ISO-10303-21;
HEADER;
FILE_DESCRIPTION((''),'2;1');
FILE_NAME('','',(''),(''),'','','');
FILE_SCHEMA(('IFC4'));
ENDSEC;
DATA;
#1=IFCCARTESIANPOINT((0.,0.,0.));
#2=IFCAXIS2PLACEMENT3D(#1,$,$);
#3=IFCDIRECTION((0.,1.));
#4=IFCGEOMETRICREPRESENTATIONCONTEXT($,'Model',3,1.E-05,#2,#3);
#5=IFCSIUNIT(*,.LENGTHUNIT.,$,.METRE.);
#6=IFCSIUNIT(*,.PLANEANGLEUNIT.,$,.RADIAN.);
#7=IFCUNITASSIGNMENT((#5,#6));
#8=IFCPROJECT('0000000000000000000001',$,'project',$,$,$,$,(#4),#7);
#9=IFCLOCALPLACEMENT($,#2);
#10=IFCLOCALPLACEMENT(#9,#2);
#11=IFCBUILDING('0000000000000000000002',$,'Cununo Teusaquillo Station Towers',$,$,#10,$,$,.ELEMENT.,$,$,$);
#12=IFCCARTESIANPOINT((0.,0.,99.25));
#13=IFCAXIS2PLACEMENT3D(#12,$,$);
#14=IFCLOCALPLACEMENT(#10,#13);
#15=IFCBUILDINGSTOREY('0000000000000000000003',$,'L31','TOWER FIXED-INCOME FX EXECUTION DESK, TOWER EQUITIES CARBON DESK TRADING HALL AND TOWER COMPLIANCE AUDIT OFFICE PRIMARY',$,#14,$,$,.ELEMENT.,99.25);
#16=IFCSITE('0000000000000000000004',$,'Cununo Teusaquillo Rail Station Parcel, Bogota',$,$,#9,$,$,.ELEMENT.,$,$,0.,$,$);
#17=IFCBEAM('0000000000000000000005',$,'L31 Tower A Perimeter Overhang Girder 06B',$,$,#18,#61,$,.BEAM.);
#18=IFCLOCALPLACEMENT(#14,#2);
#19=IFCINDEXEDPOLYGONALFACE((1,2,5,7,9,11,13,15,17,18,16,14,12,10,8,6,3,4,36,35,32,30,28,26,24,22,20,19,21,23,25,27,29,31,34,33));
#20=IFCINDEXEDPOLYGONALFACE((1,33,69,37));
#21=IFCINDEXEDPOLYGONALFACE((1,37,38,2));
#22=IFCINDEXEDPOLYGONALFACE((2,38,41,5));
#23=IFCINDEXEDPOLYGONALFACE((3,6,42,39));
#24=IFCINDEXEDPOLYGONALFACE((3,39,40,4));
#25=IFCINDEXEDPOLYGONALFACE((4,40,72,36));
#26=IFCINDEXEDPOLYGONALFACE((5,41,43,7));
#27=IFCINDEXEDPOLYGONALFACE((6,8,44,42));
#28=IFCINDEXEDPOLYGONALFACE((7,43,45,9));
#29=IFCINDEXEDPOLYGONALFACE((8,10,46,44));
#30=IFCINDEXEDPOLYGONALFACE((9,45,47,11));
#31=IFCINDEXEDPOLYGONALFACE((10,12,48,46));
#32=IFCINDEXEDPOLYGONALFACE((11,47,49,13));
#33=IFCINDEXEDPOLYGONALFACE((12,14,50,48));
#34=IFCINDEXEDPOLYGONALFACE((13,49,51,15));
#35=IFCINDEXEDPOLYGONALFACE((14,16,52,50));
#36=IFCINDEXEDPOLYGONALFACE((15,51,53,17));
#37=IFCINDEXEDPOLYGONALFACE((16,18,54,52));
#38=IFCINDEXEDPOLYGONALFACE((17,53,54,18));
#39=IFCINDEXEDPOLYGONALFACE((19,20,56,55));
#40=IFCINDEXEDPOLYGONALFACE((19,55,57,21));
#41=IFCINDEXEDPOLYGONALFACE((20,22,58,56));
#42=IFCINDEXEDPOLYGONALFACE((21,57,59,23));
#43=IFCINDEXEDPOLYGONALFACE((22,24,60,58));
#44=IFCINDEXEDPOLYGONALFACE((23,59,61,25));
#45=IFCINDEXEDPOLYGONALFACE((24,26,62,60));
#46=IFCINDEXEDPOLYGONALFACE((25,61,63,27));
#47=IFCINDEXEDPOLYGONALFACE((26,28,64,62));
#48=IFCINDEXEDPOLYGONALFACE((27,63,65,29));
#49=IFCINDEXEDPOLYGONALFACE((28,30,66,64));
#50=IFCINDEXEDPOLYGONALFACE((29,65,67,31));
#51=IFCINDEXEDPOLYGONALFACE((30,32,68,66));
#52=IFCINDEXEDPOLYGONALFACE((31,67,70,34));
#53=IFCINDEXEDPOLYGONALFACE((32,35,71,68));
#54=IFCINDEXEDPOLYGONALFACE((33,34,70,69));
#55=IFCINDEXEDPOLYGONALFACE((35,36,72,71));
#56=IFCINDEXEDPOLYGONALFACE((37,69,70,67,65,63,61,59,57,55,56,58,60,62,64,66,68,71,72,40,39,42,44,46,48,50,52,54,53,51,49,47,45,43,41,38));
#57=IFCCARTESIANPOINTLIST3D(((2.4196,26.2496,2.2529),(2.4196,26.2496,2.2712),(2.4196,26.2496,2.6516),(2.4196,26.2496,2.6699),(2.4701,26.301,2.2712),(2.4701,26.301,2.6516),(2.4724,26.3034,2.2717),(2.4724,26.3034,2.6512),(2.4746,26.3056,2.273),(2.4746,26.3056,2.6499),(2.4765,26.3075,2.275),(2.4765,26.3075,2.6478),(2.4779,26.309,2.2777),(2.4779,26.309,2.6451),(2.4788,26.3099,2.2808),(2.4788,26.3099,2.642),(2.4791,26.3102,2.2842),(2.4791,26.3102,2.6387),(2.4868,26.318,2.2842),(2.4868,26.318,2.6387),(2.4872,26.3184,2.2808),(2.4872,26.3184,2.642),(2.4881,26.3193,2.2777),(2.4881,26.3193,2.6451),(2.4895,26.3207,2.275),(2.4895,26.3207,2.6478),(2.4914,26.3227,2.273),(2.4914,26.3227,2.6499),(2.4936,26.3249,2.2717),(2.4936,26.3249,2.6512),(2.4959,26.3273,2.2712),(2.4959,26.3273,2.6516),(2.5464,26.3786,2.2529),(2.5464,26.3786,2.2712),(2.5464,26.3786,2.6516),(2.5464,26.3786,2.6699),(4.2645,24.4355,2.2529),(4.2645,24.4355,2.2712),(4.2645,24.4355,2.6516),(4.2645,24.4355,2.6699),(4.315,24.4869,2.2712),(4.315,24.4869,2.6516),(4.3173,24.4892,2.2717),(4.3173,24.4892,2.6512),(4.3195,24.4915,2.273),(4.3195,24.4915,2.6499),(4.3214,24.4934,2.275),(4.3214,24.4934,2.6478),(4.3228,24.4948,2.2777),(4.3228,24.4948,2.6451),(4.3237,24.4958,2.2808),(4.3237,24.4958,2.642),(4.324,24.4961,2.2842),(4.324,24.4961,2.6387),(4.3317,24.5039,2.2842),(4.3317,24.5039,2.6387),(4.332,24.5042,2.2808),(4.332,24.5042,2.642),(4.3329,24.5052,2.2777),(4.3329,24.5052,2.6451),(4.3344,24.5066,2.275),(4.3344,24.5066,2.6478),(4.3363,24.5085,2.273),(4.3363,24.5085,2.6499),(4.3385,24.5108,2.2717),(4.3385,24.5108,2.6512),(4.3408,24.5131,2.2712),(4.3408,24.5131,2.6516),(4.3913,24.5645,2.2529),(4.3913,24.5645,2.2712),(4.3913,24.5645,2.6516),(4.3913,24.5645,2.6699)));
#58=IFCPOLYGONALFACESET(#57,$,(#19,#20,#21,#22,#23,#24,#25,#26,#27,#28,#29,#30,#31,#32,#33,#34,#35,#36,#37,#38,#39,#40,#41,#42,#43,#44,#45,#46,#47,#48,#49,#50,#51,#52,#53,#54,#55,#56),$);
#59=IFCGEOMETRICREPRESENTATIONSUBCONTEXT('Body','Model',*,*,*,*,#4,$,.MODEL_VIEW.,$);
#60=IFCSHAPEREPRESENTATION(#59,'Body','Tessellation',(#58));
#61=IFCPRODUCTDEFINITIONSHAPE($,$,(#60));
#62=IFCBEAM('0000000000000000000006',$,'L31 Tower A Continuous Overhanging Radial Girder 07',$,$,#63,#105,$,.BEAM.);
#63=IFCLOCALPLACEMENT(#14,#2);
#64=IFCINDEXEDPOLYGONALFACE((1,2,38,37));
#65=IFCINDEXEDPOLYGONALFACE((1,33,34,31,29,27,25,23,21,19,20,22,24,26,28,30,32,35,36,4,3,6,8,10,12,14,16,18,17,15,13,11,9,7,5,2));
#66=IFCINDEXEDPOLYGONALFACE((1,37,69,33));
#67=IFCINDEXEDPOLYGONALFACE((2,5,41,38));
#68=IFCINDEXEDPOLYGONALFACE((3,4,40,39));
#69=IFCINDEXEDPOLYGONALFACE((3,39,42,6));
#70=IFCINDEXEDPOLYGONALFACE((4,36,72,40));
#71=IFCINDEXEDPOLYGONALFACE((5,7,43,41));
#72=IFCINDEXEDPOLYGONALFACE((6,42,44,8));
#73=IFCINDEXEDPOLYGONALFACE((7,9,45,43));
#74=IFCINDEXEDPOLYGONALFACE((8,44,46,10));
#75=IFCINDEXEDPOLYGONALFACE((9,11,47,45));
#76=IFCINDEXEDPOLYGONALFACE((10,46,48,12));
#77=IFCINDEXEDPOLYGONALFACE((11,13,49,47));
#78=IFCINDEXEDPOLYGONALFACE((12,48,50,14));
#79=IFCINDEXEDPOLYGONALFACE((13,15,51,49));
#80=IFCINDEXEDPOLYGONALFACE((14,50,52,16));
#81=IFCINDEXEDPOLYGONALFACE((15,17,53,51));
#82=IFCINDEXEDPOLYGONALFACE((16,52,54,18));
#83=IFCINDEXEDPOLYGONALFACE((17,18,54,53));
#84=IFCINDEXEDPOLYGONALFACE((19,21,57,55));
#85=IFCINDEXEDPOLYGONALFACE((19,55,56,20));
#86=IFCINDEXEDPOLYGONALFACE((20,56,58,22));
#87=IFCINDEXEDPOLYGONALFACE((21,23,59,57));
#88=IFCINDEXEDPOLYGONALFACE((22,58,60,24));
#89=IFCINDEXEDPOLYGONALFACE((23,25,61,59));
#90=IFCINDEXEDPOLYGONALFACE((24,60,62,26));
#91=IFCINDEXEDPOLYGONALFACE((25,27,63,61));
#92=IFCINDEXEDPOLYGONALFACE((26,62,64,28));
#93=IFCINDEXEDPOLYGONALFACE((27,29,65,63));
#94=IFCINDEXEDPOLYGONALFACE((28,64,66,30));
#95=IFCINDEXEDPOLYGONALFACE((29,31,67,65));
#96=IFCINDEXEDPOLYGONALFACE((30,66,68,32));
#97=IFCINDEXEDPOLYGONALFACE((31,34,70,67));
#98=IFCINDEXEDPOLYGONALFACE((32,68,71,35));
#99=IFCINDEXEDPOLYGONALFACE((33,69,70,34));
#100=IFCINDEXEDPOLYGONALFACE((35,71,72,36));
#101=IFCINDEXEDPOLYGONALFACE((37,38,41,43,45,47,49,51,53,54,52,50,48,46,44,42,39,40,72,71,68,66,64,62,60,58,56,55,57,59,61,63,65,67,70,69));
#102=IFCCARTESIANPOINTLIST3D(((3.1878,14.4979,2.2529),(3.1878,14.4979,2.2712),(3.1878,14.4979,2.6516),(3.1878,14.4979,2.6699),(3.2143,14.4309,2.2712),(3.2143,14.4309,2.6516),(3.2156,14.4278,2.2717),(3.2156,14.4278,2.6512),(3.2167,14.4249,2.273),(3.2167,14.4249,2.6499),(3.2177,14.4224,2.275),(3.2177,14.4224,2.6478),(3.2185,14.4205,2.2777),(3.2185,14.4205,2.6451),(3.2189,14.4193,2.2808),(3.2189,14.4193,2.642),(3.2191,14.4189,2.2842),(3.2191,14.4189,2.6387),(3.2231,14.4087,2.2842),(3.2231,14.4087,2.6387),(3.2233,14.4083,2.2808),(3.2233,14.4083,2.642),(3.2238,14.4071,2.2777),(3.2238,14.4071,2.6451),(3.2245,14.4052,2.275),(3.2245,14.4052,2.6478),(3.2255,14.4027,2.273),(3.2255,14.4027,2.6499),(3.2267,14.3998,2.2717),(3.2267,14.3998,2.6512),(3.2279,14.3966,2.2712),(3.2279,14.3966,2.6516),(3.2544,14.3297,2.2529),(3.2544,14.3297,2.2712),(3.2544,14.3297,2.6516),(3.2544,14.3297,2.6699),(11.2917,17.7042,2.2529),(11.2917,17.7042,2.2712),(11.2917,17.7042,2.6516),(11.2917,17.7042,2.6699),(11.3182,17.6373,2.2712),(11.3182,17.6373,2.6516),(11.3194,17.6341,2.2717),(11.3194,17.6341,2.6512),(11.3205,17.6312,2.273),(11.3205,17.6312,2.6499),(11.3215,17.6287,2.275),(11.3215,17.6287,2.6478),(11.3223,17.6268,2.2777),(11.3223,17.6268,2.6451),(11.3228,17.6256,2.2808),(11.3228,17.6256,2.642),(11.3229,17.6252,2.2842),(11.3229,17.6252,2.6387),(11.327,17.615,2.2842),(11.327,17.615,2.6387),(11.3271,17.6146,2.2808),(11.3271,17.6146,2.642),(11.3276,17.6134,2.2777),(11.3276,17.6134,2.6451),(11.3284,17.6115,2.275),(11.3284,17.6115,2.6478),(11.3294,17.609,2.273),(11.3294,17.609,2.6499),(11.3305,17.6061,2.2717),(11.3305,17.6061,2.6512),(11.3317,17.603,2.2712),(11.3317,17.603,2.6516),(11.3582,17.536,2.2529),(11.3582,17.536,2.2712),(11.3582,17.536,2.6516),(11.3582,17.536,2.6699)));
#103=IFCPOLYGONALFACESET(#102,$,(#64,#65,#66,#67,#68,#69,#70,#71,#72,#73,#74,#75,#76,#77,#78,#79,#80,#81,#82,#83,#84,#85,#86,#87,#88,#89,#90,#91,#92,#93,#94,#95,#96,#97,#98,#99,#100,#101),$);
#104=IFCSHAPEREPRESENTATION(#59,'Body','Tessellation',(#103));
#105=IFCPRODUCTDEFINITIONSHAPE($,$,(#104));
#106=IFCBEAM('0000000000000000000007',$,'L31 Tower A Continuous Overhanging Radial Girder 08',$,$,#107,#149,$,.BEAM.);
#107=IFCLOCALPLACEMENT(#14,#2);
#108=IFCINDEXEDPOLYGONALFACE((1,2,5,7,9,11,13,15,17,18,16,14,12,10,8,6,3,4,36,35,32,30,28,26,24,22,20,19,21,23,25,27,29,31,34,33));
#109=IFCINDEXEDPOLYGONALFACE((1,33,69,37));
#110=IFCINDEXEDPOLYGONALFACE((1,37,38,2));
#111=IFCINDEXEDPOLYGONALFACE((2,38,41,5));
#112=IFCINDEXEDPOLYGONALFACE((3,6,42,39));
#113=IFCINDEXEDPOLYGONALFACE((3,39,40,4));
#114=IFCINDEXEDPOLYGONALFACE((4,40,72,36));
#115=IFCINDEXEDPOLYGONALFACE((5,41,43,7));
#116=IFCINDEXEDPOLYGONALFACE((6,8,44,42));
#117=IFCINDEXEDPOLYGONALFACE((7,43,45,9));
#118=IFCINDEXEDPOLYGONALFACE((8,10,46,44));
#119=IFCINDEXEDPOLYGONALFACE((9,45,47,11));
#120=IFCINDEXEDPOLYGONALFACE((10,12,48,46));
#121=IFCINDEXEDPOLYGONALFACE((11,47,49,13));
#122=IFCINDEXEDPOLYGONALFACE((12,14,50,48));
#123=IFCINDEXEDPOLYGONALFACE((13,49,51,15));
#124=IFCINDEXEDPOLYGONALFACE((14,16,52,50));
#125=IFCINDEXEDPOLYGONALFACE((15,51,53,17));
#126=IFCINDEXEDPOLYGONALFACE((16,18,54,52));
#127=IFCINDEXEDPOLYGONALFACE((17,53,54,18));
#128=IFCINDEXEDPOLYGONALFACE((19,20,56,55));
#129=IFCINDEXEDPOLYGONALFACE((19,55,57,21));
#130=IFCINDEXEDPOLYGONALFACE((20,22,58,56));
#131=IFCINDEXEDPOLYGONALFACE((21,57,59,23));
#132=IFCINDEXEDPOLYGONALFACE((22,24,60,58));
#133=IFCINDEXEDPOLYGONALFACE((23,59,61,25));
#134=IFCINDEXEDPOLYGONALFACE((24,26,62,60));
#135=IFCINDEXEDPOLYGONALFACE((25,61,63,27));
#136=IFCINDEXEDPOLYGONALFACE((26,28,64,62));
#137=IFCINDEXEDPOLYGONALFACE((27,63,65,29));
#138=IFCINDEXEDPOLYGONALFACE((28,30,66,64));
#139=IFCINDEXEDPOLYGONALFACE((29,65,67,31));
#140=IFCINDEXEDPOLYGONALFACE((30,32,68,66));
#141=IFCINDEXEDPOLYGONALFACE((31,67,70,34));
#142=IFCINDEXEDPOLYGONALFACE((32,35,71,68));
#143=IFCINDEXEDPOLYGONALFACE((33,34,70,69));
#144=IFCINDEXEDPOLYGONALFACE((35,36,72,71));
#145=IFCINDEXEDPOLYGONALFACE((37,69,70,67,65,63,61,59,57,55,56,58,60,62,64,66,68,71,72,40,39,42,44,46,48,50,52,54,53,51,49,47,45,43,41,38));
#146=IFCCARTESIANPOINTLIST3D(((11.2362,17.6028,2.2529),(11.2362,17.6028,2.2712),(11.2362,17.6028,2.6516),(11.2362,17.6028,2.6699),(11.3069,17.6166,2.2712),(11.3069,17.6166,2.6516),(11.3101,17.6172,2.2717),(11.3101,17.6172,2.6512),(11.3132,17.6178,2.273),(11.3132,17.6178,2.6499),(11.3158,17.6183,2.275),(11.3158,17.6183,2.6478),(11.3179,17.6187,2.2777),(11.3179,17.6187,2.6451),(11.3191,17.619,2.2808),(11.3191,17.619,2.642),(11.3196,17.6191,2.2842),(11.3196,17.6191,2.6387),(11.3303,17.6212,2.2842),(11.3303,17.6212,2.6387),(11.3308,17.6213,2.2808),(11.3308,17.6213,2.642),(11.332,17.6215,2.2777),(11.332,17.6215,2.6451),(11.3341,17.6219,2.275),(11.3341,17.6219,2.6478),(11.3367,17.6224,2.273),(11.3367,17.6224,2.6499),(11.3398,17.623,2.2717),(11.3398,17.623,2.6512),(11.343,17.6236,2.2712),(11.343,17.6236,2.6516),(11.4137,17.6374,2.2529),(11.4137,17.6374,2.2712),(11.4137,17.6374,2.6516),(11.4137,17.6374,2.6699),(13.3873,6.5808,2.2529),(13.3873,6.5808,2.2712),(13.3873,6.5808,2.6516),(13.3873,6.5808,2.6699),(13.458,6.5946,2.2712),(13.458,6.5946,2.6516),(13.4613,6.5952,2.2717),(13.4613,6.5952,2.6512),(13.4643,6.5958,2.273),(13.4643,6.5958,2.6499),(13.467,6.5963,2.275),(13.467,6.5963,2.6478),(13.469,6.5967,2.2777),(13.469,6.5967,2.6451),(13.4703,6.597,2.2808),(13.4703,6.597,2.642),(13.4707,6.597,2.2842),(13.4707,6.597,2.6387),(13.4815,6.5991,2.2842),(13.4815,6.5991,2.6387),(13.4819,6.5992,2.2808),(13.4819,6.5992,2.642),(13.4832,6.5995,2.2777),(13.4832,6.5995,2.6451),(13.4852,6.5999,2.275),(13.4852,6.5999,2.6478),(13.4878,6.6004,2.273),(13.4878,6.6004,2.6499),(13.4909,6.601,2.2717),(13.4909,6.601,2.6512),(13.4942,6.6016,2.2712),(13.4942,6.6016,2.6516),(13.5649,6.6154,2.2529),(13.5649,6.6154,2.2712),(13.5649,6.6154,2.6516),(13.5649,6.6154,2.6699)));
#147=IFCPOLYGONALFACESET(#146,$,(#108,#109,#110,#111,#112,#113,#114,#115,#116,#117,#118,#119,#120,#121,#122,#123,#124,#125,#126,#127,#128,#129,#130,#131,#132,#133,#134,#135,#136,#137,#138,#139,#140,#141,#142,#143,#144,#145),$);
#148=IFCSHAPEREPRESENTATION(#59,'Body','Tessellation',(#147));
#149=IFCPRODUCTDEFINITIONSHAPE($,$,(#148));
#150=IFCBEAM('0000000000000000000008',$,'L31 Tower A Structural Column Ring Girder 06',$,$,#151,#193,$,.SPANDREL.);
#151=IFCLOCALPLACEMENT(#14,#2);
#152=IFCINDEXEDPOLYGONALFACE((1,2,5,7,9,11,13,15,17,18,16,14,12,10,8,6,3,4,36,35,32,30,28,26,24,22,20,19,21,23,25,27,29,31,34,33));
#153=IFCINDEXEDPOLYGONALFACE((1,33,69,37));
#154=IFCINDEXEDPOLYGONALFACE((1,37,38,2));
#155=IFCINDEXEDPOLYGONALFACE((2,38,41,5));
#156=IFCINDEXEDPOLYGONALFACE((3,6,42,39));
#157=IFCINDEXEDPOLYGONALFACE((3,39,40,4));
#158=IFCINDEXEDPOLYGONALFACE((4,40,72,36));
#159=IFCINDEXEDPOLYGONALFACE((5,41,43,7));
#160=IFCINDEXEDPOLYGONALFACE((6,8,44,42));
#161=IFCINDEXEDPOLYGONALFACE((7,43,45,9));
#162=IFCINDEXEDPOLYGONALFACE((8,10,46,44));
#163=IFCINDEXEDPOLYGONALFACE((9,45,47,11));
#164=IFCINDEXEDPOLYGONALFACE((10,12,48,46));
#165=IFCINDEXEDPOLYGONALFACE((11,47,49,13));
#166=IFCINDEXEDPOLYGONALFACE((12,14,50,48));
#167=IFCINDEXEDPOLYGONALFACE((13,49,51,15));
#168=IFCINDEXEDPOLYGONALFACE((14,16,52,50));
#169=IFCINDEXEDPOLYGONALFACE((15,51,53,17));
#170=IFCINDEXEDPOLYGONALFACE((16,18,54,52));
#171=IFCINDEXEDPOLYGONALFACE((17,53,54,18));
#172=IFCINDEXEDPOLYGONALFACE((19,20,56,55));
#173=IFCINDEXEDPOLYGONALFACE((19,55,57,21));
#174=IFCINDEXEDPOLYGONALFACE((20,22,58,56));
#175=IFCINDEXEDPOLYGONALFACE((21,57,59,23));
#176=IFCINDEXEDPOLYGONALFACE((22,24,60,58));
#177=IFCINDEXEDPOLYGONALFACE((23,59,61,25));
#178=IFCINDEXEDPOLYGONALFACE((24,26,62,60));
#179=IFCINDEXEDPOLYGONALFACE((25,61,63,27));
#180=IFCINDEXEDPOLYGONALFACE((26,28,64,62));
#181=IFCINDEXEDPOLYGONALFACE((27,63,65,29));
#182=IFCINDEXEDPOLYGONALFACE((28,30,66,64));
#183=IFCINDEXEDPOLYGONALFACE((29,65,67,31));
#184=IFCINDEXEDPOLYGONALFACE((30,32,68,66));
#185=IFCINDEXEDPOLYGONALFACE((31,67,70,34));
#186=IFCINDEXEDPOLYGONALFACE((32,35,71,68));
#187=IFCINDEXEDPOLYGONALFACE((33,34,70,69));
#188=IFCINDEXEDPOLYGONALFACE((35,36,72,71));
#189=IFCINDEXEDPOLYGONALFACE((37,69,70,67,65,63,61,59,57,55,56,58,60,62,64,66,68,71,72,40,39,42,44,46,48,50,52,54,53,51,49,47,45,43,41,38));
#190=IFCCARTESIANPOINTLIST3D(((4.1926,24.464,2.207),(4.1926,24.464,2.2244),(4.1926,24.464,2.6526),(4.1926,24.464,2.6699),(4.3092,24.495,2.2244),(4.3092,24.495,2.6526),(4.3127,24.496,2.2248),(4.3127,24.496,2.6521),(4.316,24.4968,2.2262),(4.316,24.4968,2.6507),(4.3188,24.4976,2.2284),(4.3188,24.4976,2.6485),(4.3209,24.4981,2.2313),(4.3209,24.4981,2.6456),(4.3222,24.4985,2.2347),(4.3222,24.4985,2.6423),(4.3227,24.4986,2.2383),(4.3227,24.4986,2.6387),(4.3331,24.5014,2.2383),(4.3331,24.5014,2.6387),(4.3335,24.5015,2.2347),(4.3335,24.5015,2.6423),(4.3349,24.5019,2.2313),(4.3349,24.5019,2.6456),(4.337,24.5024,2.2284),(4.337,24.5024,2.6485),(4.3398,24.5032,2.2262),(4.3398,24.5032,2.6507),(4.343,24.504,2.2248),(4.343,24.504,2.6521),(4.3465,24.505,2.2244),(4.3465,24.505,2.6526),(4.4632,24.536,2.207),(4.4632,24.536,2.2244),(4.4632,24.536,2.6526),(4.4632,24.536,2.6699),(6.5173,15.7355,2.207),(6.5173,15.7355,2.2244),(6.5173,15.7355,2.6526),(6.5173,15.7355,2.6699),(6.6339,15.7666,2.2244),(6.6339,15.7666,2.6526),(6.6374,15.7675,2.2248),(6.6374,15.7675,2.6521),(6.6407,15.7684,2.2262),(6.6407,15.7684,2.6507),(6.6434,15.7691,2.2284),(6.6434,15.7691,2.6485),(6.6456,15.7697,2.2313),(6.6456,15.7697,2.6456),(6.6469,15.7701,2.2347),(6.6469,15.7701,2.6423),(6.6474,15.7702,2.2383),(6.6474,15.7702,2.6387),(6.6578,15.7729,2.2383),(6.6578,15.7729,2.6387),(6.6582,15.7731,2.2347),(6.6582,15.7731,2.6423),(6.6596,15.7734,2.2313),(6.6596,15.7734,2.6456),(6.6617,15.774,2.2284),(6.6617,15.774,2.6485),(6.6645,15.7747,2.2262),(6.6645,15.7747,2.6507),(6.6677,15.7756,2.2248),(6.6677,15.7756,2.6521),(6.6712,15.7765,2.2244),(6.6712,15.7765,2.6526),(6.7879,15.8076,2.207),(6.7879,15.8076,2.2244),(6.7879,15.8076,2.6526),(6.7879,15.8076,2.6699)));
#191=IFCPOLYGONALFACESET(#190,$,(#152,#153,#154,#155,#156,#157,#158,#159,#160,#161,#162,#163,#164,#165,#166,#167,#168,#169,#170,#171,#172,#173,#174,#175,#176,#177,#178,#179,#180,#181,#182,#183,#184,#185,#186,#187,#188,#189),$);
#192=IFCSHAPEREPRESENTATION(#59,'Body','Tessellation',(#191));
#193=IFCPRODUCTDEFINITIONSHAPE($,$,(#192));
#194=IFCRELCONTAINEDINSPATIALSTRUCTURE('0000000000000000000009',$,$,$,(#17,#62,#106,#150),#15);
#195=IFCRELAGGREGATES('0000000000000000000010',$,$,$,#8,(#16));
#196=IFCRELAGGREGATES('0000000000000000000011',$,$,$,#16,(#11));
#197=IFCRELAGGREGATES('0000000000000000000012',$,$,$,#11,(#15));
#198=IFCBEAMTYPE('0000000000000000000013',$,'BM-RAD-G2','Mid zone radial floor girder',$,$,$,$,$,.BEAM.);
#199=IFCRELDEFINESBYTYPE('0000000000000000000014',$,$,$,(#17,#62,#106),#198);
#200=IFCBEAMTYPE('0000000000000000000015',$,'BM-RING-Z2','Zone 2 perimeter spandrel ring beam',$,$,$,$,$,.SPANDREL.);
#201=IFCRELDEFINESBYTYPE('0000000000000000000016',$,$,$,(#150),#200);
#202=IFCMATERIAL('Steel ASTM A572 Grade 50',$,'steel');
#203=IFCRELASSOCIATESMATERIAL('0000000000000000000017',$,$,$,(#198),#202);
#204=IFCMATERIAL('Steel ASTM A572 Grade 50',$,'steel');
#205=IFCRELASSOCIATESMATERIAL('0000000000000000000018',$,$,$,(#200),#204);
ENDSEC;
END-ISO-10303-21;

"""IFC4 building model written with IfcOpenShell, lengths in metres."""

from ifc_helpers import new_model, si_unit, direction, frame, origin, origin_2d, place, context, subcontext, project, spatial, i_section, extrude, material, material_profile, profile_set, type_object, element, save


model = new_model("IFC4")

# Units and contexts
model_context = context("Model", 3, precision=1e-05, world=origin(), true_north=direction((0.0, 1.0)))
body_context = subcontext(model_context, "Body", "Model", "MODEL_VIEW")
ifc_project = project(units=[si_unit("LENGTHUNIT", "METRE"), si_unit("PLANEANGLEUNIT", "RADIAN")], contexts=[model_context])

# Site, building, storey
site_placement = place(None, origin())
site = spatial("IfcSite", under=ifc_project, at=site_placement, Name="Cununo Teusaquillo Rail Station Parcel, Bogota", CompositionType="ELEMENT", RefElevation=0.0)
building_placement = place(site_placement, origin())
building = spatial("IfcBuilding", under=site, at=building_placement, Name="Cununo Teusaquillo Station Towers", CompositionType="ELEMENT")
storey_placement = place(building_placement, frame((0.0, 0.0, 99.25)))
storey = spatial("IfcBuildingStorey", under=building, at=storey_placement, Name="L31", Description="TOWER FIXED-INCOME FX EXECUTION DESK, TOWER EQUITIES CARBON DESK TRADING HALL AND TOWER COMPLIANCE AUDIT OFFICE PRIMARY", CompositionType="ELEMENT", Elevation=99.25)

# Beams
ifc_material_1 = material(Name="Steel ASTM A572 Grade 50", Category="steel")
ifc_material_profile_1 = material_profile(ifc_material_1, i_section(OverallWidth=0.1809, OverallDepth=0.417, WebThickness=0.011, FlangeThickness=0.0183, FilletRadius=0.0129, at=origin_2d()), Name="W16X57")
ifc_profile_set_1 = profile_set([ifc_material_profile_1], Name="Steel ASTM A572 Grade 50")
beam_type_1 = type_object("IfcBeamType", Name="BM-RAD-G2", Description="Mid zone radial floor girder", PredefinedType="BEAM", material=ifc_profile_set_1)
beam_1_placement = place(storey_placement, frame((4.3279, 24.5, 2.4614), z_axis=(-0.713026, 0.701138, 0.0), x_axis=(-0.701138, -0.713026, 0.0)))
element("IfcBeam", 1, at=beam_1_placement, inside=storey, type_object=beam_type_1, Name="L31 Tower A Perimeter Overhang Girder 06B", PredefinedType="BEAM", context=body_context, shape_type="SweptSolid", body=[
    extrude(i_section(OverallWidth=0.1809, OverallDepth=0.417, WebThickness=0.011, FlangeThickness=0.0183, FilletRadius=0.0129, at=origin_2d()), origin(), (0.0, 0.0, 1.0), 2.5874),
])
beam_2_placement = place(storey_placement, frame((11.325, 17.6201, 2.4614), z_axis=(-0.929863, -0.367906, 0.0), x_axis=(0.367906, -0.929863, 0.0)))
element("IfcBeam", 2, at=beam_2_placement, inside=storey, type_object=beam_type_1, Name="L31 Tower A Continuous Overhanging Radial Girder 07", PredefinedType="BEAM", context=body_context, shape_type="SweptSolid", body=[
    extrude(i_section(OverallWidth=0.1809, OverallDepth=0.417, WebThickness=0.011, FlangeThickness=0.0183, FilletRadius=0.0129, at=origin_2d()), origin(), (0.0, 0.0, 1.0), 8.7151),
])
beam_3_placement = place(storey_placement, frame((11.325, 17.6201, 2.4614), z_axis=(0.191553, -0.981482, 0.0), x_axis=(0.981482, 0.191553, 0.0)))
element("IfcBeam", 3, at=beam_3_placement, inside=storey, type_object=beam_type_1, Name="L31 Tower A Continuous Overhanging Radial Girder 08", PredefinedType="BEAM", context=body_context, shape_type="SweptSolid", body=[
    extrude(i_section(OverallWidth=0.1809, OverallDepth=0.417, WebThickness=0.011, FlangeThickness=0.0183, FilletRadius=0.0129, at=origin_2d()), origin(), (0.0, 0.0, 1.0), 11.23),
])
ifc_material_2 = material(Name="Steel ASTM A572 Grade 50", Category="steel")
ifc_material_profile_2 = material_profile(ifc_material_2, i_section(OverallWidth=0.28, OverallDepth=0.4629, WebThickness=0.0107, FlangeThickness=0.0173, FilletRadius=0.0139, at=origin_2d()), Name="W18X76")
ifc_profile_set_2 = profile_set([ifc_material_profile_2], Name="Steel ASTM A572 Grade 50")
beam_type_2 = type_object("IfcBeamType", Name="BM-RING-Z2", Description="Zone 2 perimeter spandrel ring beam", PredefinedType="SPANDREL", material=ifc_profile_set_2)
beam_4_placement = place(storey_placement, frame((4.3279, 24.5, 2.4385), z_axis=(0.257363, -0.966315, 0.0), x_axis=(0.966315, 0.257363, 0.0)))
element("IfcBeam", 4, at=beam_4_placement, inside=storey, type_object=beam_type_2, Name="L31 Tower A Structural Column Ring Girder 06", PredefinedType="SPANDREL", context=body_context, shape_type="SweptSolid", body=[
    extrude(i_section(OverallWidth=0.28, OverallDepth=0.4629, WebThickness=0.0107, FlangeThickness=0.0173, FilletRadius=0.0139, at=origin_2d()), origin(), (0.0, 0.0, 1.0), 9.0327),
])

save(model, "model.ifc")
